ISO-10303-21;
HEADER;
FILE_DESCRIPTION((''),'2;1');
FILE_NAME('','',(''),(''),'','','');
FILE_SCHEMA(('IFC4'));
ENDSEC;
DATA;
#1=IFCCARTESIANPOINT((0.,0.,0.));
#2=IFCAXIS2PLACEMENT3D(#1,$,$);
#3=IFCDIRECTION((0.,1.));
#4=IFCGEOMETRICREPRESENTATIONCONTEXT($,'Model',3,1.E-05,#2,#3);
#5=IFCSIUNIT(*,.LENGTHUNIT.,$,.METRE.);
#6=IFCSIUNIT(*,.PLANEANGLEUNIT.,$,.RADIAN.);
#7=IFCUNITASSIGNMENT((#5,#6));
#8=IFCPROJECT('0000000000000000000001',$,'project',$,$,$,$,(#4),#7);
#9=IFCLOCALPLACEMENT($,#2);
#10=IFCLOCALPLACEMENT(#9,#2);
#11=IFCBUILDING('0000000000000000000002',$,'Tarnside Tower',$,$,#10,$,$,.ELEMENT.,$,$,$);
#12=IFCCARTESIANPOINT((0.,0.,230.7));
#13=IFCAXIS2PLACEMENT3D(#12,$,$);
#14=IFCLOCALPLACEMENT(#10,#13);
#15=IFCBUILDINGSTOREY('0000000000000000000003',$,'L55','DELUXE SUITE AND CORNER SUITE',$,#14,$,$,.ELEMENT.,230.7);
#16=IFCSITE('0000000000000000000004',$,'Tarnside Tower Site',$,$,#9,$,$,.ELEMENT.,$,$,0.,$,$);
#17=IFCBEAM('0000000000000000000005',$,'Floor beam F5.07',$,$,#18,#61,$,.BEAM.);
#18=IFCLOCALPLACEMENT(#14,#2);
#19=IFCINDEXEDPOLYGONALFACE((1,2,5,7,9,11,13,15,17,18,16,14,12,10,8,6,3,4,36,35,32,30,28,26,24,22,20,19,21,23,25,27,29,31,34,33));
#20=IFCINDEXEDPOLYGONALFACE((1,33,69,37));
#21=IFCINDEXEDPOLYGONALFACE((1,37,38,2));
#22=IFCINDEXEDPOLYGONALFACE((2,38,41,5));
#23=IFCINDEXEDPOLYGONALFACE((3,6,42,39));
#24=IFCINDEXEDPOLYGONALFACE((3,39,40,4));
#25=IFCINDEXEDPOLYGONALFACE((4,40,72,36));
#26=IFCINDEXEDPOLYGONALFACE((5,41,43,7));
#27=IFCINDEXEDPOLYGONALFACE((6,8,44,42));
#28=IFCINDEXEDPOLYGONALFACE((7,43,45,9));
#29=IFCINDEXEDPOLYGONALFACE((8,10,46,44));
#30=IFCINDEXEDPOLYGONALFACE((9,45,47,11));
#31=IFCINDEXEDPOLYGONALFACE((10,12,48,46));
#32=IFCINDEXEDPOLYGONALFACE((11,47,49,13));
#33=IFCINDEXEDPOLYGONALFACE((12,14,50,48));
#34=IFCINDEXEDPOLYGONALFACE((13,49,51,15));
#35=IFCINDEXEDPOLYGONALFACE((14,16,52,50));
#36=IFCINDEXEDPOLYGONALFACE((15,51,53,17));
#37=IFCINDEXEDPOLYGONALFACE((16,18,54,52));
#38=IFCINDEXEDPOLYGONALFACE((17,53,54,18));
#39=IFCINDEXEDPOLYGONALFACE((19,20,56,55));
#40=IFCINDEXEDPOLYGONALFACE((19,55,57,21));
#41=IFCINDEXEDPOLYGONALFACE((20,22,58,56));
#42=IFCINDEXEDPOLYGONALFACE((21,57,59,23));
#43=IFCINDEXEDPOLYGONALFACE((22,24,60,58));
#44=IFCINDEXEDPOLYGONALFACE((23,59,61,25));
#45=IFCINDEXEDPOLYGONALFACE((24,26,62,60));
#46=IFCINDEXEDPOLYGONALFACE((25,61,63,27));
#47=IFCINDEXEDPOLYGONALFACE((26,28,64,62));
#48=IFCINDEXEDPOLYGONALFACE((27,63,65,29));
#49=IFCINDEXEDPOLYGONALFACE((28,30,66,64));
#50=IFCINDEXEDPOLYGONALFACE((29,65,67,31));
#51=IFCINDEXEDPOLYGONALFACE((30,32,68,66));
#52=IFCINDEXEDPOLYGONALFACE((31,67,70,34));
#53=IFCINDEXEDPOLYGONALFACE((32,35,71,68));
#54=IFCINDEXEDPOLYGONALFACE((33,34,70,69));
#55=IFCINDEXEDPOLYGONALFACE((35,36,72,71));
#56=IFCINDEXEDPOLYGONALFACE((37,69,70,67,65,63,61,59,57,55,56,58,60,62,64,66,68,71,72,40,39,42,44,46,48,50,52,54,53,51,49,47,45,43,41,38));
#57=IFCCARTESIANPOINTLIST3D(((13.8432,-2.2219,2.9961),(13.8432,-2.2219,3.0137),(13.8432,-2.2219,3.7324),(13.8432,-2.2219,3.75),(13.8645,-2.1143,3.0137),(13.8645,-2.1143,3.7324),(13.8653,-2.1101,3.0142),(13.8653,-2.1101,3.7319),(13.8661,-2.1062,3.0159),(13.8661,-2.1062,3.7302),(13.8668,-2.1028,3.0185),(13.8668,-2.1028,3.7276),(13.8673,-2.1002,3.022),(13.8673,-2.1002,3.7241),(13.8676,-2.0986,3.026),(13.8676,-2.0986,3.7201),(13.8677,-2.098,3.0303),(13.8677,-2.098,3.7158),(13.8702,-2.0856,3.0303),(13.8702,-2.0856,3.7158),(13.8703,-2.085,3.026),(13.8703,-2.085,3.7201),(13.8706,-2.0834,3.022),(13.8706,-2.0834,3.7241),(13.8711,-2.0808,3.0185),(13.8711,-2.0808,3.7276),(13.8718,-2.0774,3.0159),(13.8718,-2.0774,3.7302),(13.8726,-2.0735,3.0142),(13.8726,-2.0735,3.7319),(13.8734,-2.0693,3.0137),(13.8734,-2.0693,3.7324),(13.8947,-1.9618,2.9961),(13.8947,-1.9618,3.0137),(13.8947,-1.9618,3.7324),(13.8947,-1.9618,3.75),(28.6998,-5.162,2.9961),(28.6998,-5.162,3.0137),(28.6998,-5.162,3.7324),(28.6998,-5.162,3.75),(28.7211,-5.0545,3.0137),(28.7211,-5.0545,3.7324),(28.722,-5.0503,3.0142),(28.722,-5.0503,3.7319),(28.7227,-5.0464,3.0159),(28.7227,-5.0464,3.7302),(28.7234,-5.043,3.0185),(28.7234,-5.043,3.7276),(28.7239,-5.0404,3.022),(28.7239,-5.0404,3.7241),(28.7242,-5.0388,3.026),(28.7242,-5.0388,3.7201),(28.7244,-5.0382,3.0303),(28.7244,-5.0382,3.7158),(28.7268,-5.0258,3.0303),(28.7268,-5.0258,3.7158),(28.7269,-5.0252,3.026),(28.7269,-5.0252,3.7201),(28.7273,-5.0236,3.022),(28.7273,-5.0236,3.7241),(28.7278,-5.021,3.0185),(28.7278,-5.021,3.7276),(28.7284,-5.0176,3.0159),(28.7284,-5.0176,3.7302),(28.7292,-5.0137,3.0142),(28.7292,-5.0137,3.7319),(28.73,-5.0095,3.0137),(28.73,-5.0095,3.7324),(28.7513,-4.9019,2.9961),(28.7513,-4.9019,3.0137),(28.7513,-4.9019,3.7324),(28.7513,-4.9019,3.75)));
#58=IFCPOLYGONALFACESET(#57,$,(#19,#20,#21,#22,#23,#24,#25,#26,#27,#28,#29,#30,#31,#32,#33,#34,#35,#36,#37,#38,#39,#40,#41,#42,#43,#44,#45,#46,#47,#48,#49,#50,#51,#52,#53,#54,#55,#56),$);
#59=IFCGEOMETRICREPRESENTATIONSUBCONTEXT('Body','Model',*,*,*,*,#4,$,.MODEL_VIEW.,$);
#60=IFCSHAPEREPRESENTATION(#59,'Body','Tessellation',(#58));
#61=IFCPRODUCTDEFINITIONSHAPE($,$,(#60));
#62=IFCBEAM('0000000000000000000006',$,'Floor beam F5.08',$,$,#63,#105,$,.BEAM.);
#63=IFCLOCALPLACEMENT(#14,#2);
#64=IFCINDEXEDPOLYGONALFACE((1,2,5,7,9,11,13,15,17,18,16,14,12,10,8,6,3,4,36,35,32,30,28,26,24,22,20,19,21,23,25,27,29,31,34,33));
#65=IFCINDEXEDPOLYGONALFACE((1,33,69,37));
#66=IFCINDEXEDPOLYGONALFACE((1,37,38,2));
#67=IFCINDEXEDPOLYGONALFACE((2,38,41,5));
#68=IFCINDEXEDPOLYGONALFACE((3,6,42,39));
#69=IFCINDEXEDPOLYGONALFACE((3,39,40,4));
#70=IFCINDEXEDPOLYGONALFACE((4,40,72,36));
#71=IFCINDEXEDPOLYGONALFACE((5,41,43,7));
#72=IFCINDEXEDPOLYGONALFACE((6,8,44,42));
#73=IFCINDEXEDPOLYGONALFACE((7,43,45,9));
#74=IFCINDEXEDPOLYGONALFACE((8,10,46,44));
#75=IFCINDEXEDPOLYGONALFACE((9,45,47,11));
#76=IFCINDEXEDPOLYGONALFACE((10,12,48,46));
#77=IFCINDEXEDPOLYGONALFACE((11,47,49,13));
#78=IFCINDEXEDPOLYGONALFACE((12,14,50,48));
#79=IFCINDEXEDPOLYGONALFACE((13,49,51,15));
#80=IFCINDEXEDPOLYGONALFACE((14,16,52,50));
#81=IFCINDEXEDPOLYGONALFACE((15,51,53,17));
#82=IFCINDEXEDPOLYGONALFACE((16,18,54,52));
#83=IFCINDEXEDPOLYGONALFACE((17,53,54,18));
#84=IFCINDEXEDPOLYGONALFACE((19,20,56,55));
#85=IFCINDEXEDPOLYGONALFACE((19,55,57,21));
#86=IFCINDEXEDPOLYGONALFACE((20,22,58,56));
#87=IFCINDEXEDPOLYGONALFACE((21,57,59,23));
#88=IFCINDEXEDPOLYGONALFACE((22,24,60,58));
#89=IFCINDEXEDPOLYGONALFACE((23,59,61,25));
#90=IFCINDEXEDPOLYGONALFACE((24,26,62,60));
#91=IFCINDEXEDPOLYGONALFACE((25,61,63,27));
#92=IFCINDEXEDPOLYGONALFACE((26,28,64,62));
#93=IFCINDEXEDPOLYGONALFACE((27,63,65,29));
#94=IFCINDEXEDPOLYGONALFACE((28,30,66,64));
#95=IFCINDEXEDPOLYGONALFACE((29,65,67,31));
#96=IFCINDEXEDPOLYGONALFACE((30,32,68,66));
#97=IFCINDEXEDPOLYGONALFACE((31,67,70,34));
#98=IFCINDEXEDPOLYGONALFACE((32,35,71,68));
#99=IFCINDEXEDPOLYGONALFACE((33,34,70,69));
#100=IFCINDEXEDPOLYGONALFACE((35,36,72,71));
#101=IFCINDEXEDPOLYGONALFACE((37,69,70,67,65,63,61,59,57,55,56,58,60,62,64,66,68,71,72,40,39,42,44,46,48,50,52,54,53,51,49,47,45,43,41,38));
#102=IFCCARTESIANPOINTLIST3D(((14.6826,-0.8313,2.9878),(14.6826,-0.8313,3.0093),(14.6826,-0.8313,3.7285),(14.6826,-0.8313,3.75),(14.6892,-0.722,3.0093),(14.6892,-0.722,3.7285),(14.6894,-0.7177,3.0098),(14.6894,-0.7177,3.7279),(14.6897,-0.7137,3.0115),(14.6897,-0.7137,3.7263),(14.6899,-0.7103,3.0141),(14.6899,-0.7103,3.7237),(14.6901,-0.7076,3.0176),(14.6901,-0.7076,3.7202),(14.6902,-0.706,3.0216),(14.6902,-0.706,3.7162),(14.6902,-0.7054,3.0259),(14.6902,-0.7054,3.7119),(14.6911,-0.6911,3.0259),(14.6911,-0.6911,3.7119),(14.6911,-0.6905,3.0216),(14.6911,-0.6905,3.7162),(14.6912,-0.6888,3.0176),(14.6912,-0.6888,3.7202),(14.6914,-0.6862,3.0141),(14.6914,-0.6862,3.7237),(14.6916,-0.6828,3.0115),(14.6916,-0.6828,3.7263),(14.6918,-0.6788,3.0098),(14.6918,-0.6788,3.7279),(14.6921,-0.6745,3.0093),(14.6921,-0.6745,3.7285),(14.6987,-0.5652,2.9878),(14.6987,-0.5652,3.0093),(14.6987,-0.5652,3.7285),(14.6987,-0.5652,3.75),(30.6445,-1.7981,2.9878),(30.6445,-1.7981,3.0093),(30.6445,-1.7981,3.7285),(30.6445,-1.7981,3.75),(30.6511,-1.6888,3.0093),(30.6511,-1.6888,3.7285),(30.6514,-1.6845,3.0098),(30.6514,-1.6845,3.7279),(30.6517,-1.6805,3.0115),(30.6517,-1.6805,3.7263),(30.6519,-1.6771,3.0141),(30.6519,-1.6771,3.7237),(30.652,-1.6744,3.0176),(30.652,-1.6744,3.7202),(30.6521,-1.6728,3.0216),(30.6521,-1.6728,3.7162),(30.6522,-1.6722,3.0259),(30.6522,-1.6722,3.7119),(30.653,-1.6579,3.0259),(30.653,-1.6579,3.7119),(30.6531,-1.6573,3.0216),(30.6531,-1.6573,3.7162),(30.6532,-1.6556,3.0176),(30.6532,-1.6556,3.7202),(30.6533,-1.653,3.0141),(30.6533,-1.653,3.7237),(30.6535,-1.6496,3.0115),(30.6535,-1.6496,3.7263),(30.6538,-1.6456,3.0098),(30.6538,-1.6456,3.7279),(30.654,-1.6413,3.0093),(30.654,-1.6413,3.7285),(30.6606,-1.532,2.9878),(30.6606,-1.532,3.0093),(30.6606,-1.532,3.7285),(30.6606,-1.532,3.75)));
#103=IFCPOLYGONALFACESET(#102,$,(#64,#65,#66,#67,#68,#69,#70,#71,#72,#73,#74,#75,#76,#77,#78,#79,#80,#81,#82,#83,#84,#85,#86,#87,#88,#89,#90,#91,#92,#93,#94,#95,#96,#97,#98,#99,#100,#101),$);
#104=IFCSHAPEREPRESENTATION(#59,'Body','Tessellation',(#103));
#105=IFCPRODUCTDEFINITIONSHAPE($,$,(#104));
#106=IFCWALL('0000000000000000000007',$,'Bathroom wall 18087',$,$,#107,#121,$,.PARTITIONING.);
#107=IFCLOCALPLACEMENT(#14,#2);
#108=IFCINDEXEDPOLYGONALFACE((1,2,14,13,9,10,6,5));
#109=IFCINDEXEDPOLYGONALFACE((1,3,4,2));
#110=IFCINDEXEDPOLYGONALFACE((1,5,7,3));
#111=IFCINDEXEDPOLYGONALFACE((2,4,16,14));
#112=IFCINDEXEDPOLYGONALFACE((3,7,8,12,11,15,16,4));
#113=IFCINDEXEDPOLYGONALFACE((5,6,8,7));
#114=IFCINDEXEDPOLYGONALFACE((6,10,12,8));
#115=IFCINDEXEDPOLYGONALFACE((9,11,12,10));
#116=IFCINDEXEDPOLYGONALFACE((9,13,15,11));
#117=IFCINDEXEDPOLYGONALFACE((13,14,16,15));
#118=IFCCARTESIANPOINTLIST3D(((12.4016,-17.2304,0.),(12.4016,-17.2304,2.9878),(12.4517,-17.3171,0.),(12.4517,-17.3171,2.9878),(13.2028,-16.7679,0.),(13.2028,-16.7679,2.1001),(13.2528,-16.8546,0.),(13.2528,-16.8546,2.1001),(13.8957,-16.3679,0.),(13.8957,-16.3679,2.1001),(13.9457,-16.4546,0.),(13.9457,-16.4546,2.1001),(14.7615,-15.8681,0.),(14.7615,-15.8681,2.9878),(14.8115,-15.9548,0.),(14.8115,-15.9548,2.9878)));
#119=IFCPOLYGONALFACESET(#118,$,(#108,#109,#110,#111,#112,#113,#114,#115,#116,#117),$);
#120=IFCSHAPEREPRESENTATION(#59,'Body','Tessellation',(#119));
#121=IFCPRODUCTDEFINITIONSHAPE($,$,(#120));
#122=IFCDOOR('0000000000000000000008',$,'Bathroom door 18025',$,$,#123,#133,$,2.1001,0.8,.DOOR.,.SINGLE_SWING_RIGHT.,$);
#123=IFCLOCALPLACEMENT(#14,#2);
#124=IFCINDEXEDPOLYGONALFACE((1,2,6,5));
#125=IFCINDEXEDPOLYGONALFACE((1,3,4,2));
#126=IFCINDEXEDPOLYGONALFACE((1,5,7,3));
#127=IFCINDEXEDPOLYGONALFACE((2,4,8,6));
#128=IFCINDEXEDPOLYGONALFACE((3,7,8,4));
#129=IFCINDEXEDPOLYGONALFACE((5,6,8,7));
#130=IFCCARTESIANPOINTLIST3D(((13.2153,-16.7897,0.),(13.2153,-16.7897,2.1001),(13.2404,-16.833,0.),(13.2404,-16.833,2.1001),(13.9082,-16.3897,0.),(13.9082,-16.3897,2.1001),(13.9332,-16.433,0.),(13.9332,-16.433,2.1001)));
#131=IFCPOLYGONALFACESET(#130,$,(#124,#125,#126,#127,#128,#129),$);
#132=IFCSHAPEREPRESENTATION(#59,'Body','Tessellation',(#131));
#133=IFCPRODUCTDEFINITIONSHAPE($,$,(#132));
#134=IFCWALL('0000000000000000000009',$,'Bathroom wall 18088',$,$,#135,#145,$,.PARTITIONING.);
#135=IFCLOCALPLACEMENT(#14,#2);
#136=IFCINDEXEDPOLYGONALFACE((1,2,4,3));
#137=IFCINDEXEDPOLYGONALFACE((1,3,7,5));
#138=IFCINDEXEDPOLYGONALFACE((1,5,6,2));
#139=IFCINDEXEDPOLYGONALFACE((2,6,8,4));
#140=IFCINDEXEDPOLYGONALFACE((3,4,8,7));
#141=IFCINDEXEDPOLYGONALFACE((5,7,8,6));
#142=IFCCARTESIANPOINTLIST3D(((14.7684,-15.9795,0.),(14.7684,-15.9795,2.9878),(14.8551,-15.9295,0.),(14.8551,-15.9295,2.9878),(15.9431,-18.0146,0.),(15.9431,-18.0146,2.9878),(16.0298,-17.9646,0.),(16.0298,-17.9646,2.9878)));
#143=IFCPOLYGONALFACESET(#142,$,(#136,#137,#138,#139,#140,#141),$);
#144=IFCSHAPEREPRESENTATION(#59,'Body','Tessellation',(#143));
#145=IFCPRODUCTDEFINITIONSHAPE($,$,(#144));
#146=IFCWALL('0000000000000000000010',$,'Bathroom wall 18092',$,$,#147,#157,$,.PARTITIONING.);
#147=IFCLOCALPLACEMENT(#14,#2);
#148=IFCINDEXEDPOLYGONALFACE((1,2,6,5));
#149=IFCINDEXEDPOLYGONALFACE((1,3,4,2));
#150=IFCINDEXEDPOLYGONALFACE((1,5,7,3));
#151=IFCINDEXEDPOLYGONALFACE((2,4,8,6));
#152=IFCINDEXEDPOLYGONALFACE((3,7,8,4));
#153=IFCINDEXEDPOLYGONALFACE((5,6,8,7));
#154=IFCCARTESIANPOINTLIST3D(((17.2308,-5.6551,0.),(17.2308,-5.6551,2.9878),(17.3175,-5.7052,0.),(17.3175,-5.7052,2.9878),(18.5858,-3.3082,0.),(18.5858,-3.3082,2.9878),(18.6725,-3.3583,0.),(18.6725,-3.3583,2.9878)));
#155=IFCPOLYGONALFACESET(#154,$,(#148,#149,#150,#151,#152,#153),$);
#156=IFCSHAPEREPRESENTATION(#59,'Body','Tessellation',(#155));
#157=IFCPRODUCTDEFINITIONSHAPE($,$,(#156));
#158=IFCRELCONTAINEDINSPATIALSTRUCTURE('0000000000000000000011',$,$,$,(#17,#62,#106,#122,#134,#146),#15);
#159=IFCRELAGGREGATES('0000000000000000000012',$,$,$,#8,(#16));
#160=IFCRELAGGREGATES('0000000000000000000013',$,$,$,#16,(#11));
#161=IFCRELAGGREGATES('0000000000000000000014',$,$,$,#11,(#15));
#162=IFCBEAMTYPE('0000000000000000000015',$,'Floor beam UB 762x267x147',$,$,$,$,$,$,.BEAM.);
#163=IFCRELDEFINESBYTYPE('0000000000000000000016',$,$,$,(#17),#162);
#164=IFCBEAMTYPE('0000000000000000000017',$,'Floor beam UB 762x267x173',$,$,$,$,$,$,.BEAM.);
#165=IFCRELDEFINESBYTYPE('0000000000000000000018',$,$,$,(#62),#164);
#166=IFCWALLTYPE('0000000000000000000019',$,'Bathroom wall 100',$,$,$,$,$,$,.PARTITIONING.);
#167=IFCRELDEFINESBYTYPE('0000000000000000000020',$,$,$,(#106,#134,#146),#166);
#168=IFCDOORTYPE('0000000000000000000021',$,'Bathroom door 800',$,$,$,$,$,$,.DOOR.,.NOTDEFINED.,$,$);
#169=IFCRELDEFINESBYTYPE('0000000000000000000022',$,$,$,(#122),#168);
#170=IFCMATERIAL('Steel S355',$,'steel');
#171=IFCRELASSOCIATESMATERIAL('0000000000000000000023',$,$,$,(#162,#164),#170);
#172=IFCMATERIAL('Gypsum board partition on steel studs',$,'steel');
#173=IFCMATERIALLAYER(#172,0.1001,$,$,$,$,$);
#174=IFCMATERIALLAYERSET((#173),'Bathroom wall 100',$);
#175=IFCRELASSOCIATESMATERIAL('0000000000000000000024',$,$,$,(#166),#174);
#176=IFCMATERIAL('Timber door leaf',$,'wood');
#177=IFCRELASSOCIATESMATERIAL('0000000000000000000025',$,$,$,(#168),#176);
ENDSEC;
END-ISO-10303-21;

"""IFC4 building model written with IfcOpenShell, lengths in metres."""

from ifc_helpers import new_model, si_unit, direction, frame, frame_2d, origin, origin_2d, place, context, subcontext, project, spatial, rectangle, i_section, extrude, material, layer, layer_set, material_profile, profile_set, type_object, element, fill, save


model = new_model("IFC4")

# Units and contexts
model_context = context("Model", 3, precision=1e-05, world=origin(), true_north=direction((0.0, 1.0)))
body_context = subcontext(model_context, "Body", "Model", "MODEL_VIEW")
ifc_project = project(units=[si_unit("LENGTHUNIT", "METRE"), si_unit("PLANEANGLEUNIT", "RADIAN")], contexts=[model_context])

# Site, building, storey
site_placement = place(None, origin())
site = spatial("IfcSite", under=ifc_project, at=site_placement, Name="Tarnside Tower Site", CompositionType="ELEMENT", RefElevation=0.0)
building_placement = place(site_placement, origin())
building = spatial("IfcBuilding", under=site, at=building_placement, Name="Tarnside Tower", CompositionType="ELEMENT")
storey_placement = place(building_placement, frame((0.0, 0.0, 230.7)))
storey = spatial("IfcBuildingStorey", under=building, at=storey_placement, Name="L55", Description="DELUXE SUITE AND CORNER SUITE", CompositionType="ELEMENT", Elevation=230.7)

# Beams
ifc_material_1 = material(Name="Steel S355", Category="steel")
ifc_material_profile_1 = material_profile(ifc_material_1, i_section(OverallWidth=0.2651, OverallDepth=0.7539, WebThickness=0.0127, FlangeThickness=0.0176, FilletRadius=0.0166, at=origin_2d()), Name="UB 762x267x147")
ifc_profile_set_1 = profile_set([ifc_material_profile_1], Name="Steel S355")
beam_type_1 = type_object("IfcBeamType", Name="Floor beam UB 762x267x147", PredefinedType="BEAM", material=ifc_profile_set_1)
beam_1_placement = place(storey_placement, frame((28.7256, -5.032, 3.373), z_axis=(-0.980974, 0.194138, 0.0), x_axis=(-0.194138, -0.980974, 0.0)))
element("IfcBeam", 1, at=beam_1_placement, inside=storey, type_object=beam_type_1, Name="Floor beam F5.07", PredefinedType="BEAM", context=body_context, shape_type="SweptSolid", body=[
    extrude(i_section(OverallWidth=0.2651, OverallDepth=0.7539, WebThickness=0.0127, FlangeThickness=0.0176, FilletRadius=0.0166, at=origin_2d()), origin(), (0.0, 0.0, 1.0), 15.1448),
])
ifc_material_profile_2 = material_profile(ifc_material_1, i_section(OverallWidth=0.2666, OverallDepth=0.7622, WebThickness=0.0144, FlangeThickness=0.0215, FilletRadius=0.0166, at=origin_2d()), Name="UB 762x267x173")
ifc_profile_set_2 = profile_set([ifc_material_profile_2], Name="Steel S355")
beam_type_2 = type_object("IfcBeamType", Name="Floor beam UB 762x267x173", PredefinedType="BEAM", material=ifc_profile_set_2)
beam_2_placement = place(storey_placement, frame((30.6526, -1.665, 3.3689), z_axis=(-0.998171, 0.060458, 0.0), x_axis=(-0.060458, -0.998171, 0.0)))
element("IfcBeam", 2, at=beam_2_placement, inside=storey, type_object=beam_type_2, Name="Floor beam F5.08", PredefinedType="BEAM", context=body_context, shape_type="SweptSolid", body=[
    extrude(i_section(OverallWidth=0.2666, OverallDepth=0.7622, WebThickness=0.0144, FlangeThickness=0.0215, FilletRadius=0.0166, at=origin_2d()), origin(), (0.0, 0.0, 1.0), 15.9912),
])

# Wall, opening, door
ifc_material_2 = material(Name="Gypsum board partition on steel studs", Category="steel")
ifc_layer_1 = layer(ifc_material_2, 0.1001)
ifc_layer_set_1 = layer_set([ifc_layer_1], Name="Bathroom wall 100")
wall_type_1 = type_object("IfcWallType", Name="Bathroom wall 100", PredefinedType="PARTITIONING", material=ifc_layer_set_1)
wall_1_placement = place(storey_placement, frame((12.4268, -17.2737, 0.0), z_axis=(0.0, 0.0, 1.0), x_axis=(0.866051, 0.499955, 0.0)))
wall_1 = element("IfcWall", 3, at=wall_1_placement, inside=storey, type_object=wall_type_1, Name="Bathroom wall 18087", PredefinedType="PARTITIONING", context=body_context, shape_type="SweptSolid", body=[
    extrude(rectangle(XDim=2.7249, YDim=0.1001, at=frame_2d((1.3623, 0.0))), origin(), (0.0, 0.0, 1.0), 2.9878),
])
opening_1_placement = place(wall_1_placement, frame((0.925, 0.0, 0.0)))
opening_1 = element("IfcOpeningElement", 4, at=opening_1_placement, cuts=wall_1, PredefinedType="OPENING", context=body_context, shape_type="SweptSolid", body=[
    extrude(rectangle(XDim=0.8, YDim=2.1001, at=frame_2d((0.3999, 1.05))), frame((0.0, 0.0601, 0.0), z_axis=(0.0, -1.0, 0.0), x_axis=(1.0, 0.0, 0.0)), (0.0, 0.0, 1.0), 0.1201),
])
ifc_material_3 = material(Name="Timber door leaf", Category="wood")
door_type_1 = type_object("IfcDoorType", Name="Bathroom door 800", OperationType="NOTDEFINED", PredefinedType="DOOR", material=ifc_material_3)
door_1_placement = place(opening_1_placement, origin())
door_1 = element("IfcDoor", 5, at=door_1_placement, inside=storey, type_object=door_type_1, Name="Bathroom door 18025", OperationType="SINGLE_SWING_RIGHT", OverallHeight=2.1001, OverallWidth=0.8, PredefinedType="DOOR", context=body_context, shape_type="SweptSolid", body=[
    extrude(rectangle(XDim=0.8, YDim=2.1001, at=frame_2d((0.3999, 1.05))), frame((0.0, 0.0249, 0.0), z_axis=(0.0, -1.0, 0.0), x_axis=(1.0, 0.0, 0.0)), (0.0, 0.0, 1.0), 0.05),
])
fill(opening_1, door_1)

# Walls
wall_2_placement = place(storey_placement, frame((14.8118, -15.9546, 0.0), z_axis=(0.0, 0.0, 1.0), x_axis=(0.499938, -0.866061, 0.0)))
element("IfcWall", 6, at=wall_2_placement, inside=storey, type_object=wall_type_1, Name="Bathroom wall 18088", PredefinedType="PARTITIONING", context=body_context, shape_type="SweptSolid", body=[
    extrude(rectangle(XDim=2.3499, YDim=0.1001, at=frame_2d((1.1748, 0.0))), origin(), (0.0, 0.0, 1.0), 2.9878),
])
wall_3_placement = place(storey_placement, frame((18.6292, -3.3333, 0.0), z_axis=(0.0, 0.0, 1.0), x_axis=(-0.499995, -0.866028, 0.0)))
element("IfcWall", 7, at=wall_3_placement, inside=storey, type_object=wall_type_1, Name="Bathroom wall 18092", PredefinedType="PARTITIONING", context=body_context, shape_type="SweptSolid", body=[
    extrude(rectangle(XDim=2.71, YDim=0.1001, at=frame_2d((1.355, 0.0))), origin(), (0.0, 0.0, 1.0), 2.9878),
])

save(model, "model.ifc")
